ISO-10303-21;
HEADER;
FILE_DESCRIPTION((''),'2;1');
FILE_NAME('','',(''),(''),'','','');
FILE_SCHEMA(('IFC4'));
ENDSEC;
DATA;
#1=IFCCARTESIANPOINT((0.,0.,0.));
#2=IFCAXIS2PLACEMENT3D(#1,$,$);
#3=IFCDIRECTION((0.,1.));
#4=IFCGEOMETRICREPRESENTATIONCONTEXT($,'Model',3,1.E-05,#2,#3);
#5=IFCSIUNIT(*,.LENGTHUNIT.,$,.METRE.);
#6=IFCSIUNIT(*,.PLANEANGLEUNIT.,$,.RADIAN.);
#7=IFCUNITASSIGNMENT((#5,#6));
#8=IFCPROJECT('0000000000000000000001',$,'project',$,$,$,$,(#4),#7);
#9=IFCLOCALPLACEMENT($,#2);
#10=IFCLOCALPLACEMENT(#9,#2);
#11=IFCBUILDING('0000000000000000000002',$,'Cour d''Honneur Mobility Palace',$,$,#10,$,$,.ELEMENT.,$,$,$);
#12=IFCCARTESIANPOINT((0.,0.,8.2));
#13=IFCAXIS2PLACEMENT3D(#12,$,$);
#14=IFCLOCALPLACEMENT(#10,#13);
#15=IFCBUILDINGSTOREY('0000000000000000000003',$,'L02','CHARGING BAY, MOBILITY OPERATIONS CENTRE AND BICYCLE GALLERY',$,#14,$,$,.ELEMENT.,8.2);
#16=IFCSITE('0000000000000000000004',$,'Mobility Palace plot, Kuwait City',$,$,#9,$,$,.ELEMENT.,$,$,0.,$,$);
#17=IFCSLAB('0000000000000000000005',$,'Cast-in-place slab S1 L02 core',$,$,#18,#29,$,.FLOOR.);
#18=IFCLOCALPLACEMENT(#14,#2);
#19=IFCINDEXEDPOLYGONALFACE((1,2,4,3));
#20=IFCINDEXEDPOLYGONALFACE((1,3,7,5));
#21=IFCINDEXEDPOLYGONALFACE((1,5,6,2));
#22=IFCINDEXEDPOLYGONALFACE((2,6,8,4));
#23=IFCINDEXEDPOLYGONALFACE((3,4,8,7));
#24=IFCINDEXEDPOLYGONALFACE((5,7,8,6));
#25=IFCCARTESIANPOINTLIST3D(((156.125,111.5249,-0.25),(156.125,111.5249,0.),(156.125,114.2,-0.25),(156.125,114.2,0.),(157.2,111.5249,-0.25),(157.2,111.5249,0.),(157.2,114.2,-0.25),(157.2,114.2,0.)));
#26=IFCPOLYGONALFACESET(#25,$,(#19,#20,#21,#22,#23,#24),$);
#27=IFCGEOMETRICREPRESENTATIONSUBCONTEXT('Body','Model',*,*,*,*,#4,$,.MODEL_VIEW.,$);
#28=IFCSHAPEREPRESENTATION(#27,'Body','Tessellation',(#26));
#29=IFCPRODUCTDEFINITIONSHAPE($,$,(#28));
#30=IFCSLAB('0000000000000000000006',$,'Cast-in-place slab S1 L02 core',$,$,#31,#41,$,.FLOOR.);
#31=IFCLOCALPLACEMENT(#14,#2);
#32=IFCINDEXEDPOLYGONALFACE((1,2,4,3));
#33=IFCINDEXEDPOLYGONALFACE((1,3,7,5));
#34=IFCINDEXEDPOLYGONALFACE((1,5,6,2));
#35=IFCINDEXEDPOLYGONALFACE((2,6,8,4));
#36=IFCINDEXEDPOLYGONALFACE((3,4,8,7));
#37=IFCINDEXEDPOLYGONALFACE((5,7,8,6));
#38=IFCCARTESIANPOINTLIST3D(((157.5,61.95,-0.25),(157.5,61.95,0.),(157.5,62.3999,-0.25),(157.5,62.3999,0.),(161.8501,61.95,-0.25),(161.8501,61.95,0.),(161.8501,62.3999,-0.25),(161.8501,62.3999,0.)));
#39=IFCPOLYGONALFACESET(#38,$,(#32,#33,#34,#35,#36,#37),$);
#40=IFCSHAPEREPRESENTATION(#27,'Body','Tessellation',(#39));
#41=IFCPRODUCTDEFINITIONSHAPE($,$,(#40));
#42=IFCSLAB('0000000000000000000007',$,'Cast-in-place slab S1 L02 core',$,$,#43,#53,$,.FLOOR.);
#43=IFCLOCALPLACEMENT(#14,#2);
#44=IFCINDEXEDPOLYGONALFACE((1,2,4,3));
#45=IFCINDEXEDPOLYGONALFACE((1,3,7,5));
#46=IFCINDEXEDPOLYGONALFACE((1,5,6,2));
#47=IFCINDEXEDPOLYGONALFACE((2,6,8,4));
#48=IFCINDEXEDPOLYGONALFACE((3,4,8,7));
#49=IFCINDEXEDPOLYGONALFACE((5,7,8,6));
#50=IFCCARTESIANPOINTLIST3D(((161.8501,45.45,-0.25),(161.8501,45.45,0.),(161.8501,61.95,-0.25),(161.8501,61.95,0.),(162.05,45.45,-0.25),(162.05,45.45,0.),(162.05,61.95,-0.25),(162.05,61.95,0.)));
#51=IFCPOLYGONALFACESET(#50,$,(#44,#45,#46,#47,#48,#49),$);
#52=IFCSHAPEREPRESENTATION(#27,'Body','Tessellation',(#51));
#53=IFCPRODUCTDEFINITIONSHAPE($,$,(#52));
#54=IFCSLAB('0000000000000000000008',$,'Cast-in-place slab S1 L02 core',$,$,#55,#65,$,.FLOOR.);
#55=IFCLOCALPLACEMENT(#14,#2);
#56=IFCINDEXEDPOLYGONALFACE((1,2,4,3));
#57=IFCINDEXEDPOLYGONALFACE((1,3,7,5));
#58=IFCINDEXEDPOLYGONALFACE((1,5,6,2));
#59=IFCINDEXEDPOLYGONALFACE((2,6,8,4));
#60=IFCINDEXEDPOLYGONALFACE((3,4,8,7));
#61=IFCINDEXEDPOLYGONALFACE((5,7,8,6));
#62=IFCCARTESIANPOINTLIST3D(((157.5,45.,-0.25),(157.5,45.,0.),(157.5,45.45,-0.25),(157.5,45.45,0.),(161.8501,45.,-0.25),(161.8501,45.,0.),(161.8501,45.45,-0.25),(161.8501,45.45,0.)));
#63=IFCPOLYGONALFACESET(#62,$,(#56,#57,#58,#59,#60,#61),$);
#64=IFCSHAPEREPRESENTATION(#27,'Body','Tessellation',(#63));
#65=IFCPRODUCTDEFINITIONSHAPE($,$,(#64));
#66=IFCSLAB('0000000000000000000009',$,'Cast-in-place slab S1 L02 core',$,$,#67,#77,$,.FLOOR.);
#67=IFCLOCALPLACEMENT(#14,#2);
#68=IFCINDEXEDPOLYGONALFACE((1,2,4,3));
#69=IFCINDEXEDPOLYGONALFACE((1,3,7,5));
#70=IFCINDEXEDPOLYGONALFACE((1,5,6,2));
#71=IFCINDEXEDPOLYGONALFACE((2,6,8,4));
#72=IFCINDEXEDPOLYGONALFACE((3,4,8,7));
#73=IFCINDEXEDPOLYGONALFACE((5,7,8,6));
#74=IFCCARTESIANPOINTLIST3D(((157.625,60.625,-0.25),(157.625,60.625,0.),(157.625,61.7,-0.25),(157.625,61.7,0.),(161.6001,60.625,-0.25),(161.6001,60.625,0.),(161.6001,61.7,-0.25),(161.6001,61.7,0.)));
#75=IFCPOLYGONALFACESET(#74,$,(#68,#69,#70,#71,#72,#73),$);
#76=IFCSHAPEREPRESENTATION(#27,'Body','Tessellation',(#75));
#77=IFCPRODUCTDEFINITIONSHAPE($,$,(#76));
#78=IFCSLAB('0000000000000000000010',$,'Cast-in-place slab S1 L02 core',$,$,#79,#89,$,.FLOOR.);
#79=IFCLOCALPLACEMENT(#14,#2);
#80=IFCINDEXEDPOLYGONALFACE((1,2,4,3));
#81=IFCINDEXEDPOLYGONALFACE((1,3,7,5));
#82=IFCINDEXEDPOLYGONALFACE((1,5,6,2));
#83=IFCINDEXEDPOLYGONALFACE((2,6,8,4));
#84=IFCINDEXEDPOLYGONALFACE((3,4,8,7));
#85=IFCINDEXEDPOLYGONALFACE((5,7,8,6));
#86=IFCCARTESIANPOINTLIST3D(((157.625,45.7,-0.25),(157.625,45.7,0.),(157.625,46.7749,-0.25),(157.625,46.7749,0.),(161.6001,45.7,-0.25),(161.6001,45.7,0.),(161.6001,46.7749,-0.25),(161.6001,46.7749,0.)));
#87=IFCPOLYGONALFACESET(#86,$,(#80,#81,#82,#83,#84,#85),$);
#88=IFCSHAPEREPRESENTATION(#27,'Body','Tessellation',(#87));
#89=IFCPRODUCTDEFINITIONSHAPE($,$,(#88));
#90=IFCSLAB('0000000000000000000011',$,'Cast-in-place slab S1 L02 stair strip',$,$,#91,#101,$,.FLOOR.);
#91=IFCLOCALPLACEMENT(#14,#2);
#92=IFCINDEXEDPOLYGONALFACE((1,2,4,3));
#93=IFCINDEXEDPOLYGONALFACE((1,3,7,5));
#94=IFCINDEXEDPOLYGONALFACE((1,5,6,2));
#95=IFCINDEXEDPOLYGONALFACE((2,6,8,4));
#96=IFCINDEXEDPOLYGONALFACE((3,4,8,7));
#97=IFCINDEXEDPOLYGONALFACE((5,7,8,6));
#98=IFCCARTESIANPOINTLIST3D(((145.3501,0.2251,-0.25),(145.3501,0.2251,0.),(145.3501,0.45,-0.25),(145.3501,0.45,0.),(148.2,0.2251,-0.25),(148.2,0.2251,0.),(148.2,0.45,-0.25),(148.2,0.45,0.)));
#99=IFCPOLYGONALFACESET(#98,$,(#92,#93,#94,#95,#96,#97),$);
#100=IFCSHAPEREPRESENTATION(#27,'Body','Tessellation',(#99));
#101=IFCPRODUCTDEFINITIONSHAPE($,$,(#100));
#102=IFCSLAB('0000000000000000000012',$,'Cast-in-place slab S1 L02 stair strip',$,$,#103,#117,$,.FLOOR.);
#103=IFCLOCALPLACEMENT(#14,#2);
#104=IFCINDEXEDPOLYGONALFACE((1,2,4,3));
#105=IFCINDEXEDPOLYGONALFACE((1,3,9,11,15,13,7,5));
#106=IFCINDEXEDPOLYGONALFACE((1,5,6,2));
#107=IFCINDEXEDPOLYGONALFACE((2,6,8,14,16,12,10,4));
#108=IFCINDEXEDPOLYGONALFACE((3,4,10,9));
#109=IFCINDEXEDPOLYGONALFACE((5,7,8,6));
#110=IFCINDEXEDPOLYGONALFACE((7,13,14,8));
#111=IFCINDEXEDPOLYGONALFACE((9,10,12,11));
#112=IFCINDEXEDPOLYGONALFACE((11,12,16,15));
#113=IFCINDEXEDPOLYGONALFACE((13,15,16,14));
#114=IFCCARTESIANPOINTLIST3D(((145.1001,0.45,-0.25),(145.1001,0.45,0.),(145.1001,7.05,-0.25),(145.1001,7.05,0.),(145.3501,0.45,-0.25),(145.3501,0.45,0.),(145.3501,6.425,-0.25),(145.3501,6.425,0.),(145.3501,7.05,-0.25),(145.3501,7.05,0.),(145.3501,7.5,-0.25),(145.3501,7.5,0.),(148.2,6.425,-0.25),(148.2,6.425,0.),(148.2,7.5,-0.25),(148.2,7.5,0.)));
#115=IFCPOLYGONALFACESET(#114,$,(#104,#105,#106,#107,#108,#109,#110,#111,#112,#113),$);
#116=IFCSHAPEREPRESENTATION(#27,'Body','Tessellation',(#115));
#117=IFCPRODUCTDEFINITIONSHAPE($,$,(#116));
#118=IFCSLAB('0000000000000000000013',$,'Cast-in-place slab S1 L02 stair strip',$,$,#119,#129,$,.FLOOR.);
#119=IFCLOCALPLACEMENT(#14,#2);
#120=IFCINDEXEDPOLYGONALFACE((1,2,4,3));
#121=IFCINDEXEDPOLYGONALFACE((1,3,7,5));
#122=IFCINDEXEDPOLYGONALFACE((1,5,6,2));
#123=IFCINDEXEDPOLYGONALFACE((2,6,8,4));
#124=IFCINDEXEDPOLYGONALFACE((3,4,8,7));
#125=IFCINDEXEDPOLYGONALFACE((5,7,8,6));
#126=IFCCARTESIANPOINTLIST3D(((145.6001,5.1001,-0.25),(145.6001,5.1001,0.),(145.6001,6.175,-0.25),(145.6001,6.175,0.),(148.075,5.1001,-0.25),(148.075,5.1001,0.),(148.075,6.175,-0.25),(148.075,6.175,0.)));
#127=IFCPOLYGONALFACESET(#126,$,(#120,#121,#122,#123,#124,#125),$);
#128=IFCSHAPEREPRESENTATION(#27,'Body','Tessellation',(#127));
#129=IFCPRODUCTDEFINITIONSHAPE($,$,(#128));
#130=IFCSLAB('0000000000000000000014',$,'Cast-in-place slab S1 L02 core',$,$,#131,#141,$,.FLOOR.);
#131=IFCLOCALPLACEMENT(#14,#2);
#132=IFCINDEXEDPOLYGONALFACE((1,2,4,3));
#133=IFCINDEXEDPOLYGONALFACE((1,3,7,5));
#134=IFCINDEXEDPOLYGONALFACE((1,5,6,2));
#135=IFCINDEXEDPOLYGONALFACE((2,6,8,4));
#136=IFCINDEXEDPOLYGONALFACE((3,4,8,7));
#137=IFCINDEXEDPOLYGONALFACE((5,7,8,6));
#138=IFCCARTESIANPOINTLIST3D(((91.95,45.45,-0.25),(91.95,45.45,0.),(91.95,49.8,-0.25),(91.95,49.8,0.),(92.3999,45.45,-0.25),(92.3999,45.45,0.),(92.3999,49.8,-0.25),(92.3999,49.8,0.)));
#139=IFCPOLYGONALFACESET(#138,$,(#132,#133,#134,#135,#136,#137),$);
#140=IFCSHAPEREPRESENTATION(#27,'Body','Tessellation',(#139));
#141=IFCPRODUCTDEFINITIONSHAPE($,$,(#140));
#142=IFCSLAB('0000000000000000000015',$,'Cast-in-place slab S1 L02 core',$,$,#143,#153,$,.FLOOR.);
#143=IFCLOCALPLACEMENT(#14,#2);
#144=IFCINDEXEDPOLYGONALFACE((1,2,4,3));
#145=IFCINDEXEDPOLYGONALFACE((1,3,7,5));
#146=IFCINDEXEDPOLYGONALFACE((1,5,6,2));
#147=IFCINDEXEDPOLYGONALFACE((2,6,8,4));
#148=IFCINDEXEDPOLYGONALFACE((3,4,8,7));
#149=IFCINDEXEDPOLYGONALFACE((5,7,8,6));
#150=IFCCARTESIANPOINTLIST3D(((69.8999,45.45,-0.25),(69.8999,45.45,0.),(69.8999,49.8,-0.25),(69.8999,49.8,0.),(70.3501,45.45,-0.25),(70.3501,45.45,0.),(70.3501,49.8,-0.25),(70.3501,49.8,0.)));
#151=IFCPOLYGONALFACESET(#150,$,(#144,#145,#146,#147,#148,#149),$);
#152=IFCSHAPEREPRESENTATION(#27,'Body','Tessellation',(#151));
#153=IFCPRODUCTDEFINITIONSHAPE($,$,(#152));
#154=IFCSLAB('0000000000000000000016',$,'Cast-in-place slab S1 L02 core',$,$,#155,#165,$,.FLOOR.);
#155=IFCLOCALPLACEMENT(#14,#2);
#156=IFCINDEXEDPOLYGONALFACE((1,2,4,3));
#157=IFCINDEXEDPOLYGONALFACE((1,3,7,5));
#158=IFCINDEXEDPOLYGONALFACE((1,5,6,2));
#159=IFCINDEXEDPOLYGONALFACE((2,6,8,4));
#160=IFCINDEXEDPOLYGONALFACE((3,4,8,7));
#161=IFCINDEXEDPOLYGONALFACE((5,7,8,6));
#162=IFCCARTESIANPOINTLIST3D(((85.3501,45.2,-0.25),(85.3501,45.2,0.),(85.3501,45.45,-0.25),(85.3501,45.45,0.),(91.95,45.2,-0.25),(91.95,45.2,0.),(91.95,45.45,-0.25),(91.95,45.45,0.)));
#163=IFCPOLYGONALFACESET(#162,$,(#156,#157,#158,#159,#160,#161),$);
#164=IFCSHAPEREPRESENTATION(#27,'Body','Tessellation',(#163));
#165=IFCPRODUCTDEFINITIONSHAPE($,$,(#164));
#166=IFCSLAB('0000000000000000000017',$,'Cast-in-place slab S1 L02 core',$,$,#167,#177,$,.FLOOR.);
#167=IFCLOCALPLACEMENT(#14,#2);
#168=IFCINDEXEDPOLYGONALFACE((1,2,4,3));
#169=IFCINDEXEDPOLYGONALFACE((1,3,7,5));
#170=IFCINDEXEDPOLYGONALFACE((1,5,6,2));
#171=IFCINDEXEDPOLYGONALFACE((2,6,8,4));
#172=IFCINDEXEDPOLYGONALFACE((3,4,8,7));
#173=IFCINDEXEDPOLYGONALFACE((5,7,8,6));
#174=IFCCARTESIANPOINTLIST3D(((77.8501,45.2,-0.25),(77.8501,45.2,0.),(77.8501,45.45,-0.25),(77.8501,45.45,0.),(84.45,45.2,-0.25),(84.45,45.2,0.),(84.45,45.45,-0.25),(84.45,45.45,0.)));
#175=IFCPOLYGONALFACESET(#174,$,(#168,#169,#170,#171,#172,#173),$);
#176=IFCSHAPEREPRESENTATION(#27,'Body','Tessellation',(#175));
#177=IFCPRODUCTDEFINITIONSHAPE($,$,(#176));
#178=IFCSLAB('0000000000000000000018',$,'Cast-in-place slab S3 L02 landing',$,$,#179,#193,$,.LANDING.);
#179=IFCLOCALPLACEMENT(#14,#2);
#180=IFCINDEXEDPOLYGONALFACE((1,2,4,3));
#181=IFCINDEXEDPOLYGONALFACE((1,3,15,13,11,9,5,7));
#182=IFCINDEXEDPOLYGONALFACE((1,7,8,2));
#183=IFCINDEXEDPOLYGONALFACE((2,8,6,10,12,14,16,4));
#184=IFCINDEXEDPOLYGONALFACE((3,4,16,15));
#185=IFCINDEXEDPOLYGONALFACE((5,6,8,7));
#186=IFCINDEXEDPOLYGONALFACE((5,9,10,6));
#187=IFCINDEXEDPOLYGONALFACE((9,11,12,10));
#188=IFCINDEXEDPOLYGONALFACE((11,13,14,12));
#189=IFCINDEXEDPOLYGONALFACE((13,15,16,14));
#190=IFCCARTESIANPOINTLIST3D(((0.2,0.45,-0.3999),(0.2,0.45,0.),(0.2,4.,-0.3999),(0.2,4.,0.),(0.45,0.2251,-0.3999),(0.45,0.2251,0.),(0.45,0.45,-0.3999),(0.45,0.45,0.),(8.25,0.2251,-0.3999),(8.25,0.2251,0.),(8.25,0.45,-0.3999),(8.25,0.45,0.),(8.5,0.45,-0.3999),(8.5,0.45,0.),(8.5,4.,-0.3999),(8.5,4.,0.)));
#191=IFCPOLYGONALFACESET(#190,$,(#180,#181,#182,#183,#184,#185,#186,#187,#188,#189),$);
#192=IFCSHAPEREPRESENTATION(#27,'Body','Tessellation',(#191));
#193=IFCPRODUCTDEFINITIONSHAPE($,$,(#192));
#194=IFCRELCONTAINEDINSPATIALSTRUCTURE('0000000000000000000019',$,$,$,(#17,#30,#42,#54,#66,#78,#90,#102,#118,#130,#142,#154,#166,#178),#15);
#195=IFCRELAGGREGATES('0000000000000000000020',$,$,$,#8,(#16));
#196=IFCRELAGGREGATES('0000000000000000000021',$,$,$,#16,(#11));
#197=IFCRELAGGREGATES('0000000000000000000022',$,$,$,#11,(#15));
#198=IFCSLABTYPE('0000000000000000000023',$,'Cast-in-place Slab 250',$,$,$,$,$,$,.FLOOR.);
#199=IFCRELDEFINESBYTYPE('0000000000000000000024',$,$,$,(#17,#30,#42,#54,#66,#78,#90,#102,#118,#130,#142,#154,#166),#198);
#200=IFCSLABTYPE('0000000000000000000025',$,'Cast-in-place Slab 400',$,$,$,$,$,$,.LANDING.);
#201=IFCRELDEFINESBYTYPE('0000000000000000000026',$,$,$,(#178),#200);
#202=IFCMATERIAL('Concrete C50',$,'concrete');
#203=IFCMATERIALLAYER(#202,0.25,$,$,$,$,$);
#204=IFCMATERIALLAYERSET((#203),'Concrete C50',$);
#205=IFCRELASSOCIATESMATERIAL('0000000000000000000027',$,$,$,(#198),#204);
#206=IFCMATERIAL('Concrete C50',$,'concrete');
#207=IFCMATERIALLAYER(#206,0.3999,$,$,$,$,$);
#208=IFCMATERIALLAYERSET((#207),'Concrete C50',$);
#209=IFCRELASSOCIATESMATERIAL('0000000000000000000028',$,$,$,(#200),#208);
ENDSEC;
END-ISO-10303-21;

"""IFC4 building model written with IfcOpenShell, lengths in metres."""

from ifc_helpers import new_model, si_unit, direction, frame, origin, place, context, subcontext, project, spatial, polyline, outline, extrude, material, layer, layer_set, type_object, element, save


model = new_model("IFC4")

# Units and contexts
model_context = context("Model", 3, precision=1e-05, world=origin(), true_north=direction((0.0, 1.0)))
body_context = subcontext(model_context, "Body", "Model", "MODEL_VIEW")
ifc_project = project(units=[si_unit("LENGTHUNIT", "METRE"), si_unit("PLANEANGLEUNIT", "RADIAN")], contexts=[model_context])

# Site, building, storey
site_placement = place(None, origin())
site = spatial("IfcSite", under=ifc_project, at=site_placement, Name="Mobility Palace plot, Kuwait City", CompositionType="ELEMENT", RefElevation=0.0)
building_placement = place(site_placement, origin())
building = spatial("IfcBuilding", under=site, at=building_placement, Name="Cour d'Honneur Mobility Palace", CompositionType="ELEMENT")
storey_placement = place(building_placement, frame((0.0, 0.0, 8.2)))
storey = spatial("IfcBuildingStorey", under=building, at=storey_placement, Name="L02", Description="CHARGING BAY, MOBILITY OPERATIONS CENTRE AND BICYCLE GALLERY", CompositionType="ELEMENT", Elevation=8.2)

# Slabs
ifc_material_1 = material(Name="Concrete C50", Category="concrete")
ifc_layer_1 = layer(ifc_material_1, 0.25)
ifc_layer_set_1 = layer_set([ifc_layer_1], Name="Concrete C50")
slab_type_1 = type_object("IfcSlabType", Name="Cast-in-place Slab 250", PredefinedType="FLOOR", material=ifc_layer_set_1)
slab_1_placement = place(storey_placement, frame((0.0, 0.0, -0.25)))
element("IfcSlab", 1, at=slab_1_placement, inside=storey, type_object=slab_type_1, Name="Cast-in-place slab S1 L02 core", PredefinedType="FLOOR", context=body_context, shape_type="SweptSolid", body=[
    extrude(outline(polyline([(156.125, 114.2), (157.2, 114.2), (157.2, 111.5249), (156.125, 111.5249), (156.125, 114.2)])), origin(), (0.0, 0.0, 1.0), 0.25),
])
slab_2_placement = place(storey_placement, frame((0.0, 0.0, -0.25)))
element("IfcSlab", 2, at=slab_2_placement, inside=storey, type_object=slab_type_1, Name="Cast-in-place slab S1 L02 core", PredefinedType="FLOOR", context=body_context, shape_type="SweptSolid", body=[
    extrude(outline(polyline([(161.8501, 61.95), (157.5, 61.95), (157.5, 62.3999), (161.8501, 62.3999), (161.8501, 61.95)])), origin(), (0.0, 0.0, 1.0), 0.25),
])
slab_3_placement = place(storey_placement, frame((0.0, 0.0, -0.25)))
element("IfcSlab", 3, at=slab_3_placement, inside=storey, type_object=slab_type_1, Name="Cast-in-place slab S1 L02 core", PredefinedType="FLOOR", context=body_context, shape_type="SweptSolid", body=[
    extrude(outline(polyline([(162.05, 61.95), (162.05, 45.45), (161.8501, 45.45), (161.8501, 61.95), (162.05, 61.95)])), origin(), (0.0, 0.0, 1.0), 0.25),
])
slab_4_placement = place(storey_placement, frame((0.0, 0.0, -0.25)))
element("IfcSlab", 4, at=slab_4_placement, inside=storey, type_object=slab_type_1, Name="Cast-in-place slab S1 L02 core", PredefinedType="FLOOR", context=body_context, shape_type="SweptSolid", body=[
    extrude(outline(polyline([(161.8501, 45.0), (157.5, 45.0), (157.5, 45.45), (161.8501, 45.45), (161.8501, 45.0)])), origin(), (0.0, 0.0, 1.0), 0.25),
])
slab_5_placement = place(storey_placement, frame((0.0, 0.0, -0.25)))
element("IfcSlab", 5, at=slab_5_placement, inside=storey, type_object=slab_type_1, Name="Cast-in-place slab S1 L02 core", PredefinedType="FLOOR", context=body_context, shape_type="SweptSolid", body=[
    extrude(outline(polyline([(161.6001, 61.7), (161.6001, 60.625), (157.625, 60.625), (157.625, 61.7), (161.6001, 61.7)])), origin(), (0.0, 0.0, 1.0), 0.25),
])
slab_6_placement = place(storey_placement, frame((0.0, 0.0, -0.25)))
element("IfcSlab", 6, at=slab_6_placement, inside=storey, type_object=slab_type_1, Name="Cast-in-place slab S1 L02 core", PredefinedType="FLOOR", context=body_context, shape_type="SweptSolid", body=[
    extrude(outline(polyline([(157.625, 46.7749), (161.6001, 46.7749), (161.6001, 45.7), (157.625, 45.7), (157.625, 46.7749)])), origin(), (0.0, 0.0, 1.0), 0.25),
])
slab_7_placement = place(storey_placement, frame((0.0, 0.0, -0.25)))
element("IfcSlab", 7, at=slab_7_placement, inside=storey, type_object=slab_type_1, Name="Cast-in-place slab S1 L02 stair strip", PredefinedType="FLOOR", context=body_context, shape_type="SweptSolid", body=[
    extrude(outline(polyline([(145.3501, 0.45), (148.2, 0.45), (148.2, 0.2251), (145.3501, 0.2251), (145.3501, 0.45)])), origin(), (0.0, 0.0, 1.0), 0.25),
])
slab_8_placement = place(storey_placement, frame((0.0, 0.0, -0.25)))
element("IfcSlab", 8, at=slab_8_placement, inside=storey, type_object=slab_type_1, Name="Cast-in-place slab S1 L02 stair strip", PredefinedType="FLOOR", context=body_context, shape_type="SweptSolid", body=[
    extrude(outline(polyline([(145.3501, 6.425), (145.3501, 0.45), (145.1001, 0.45), (145.1001, 7.05), (145.3501, 7.05), (145.3501, 7.5), (148.2, 7.5), (148.2, 6.425), (145.3501, 6.425)])), origin(), (0.0, 0.0, 1.0), 0.25),
])
slab_9_placement = place(storey_placement, frame((0.0, 0.0, -0.25)))
element("IfcSlab", 9, at=slab_9_placement, inside=storey, type_object=slab_type_1, Name="Cast-in-place slab S1 L02 stair strip", PredefinedType="FLOOR", context=body_context, shape_type="SweptSolid", body=[
    extrude(outline(polyline([(145.6001, 5.1001), (145.6001, 6.175), (148.075, 6.175), (148.075, 5.1001), (145.6001, 5.1001)])), origin(), (0.0, 0.0, 1.0), 0.25),
])
slab_10_placement = place(storey_placement, frame((0.0, 0.0, -0.25)))
element("IfcSlab", 10, at=slab_10_placement, inside=storey, type_object=slab_type_1, Name="Cast-in-place slab S1 L02 core", PredefinedType="FLOOR", context=body_context, shape_type="SweptSolid", body=[
    extrude(outline(polyline([(91.95, 45.45), (91.95, 49.8), (92.3999, 49.8), (92.3999, 45.45), (91.95, 45.45)])), origin(), (0.0, 0.0, 1.0), 0.25),
])
slab_11_placement = place(storey_placement, frame((0.0, 0.0, -0.25)))
element("IfcSlab", 11, at=slab_11_placement, inside=storey, type_object=slab_type_1, Name="Cast-in-place slab S1 L02 core", PredefinedType="FLOOR", context=body_context, shape_type="SweptSolid", body=[
    extrude(outline(polyline([(70.3501, 49.8), (70.3501, 45.45), (69.8999, 45.45), (69.8999, 49.8), (70.3501, 49.8)])), origin(), (0.0, 0.0, 1.0), 0.25),
])
slab_12_placement = place(storey_placement, frame((0.0, 0.0, -0.25)))
element("IfcSlab", 12, at=slab_12_placement, inside=storey, type_object=slab_type_1, Name="Cast-in-place slab S1 L02 core", PredefinedType="FLOOR", context=body_context, shape_type="SweptSolid", body=[
    extrude(outline(polyline([(85.3501, 45.45), (91.95, 45.45), (91.95, 45.2), (85.3501, 45.2), (85.3501, 45.45)])), origin(), (0.0, 0.0, 1.0), 0.25),
])
slab_13_placement = place(storey_placement, frame((0.0, 0.0, -0.25)))
element("IfcSlab", 13, at=slab_13_placement, inside=storey, type_object=slab_type_1, Name="Cast-in-place slab S1 L02 core", PredefinedType="FLOOR", context=body_context, shape_type="SweptSolid", body=[
    extrude(outline(polyline([(84.45, 45.2), (77.8501, 45.2), (77.8501, 45.45), (84.45, 45.45), (84.45, 45.2)])), origin(), (0.0, 0.0, 1.0), 0.25),
])
ifc_material_2 = material(Name="Concrete C50", Category="concrete")
ifc_layer_2 = layer(ifc_material_2, 0.3999)
ifc_layer_set_2 = layer_set([ifc_layer_2], Name="Concrete C50")
slab_type_2 = type_object("IfcSlabType", Name="Cast-in-place Slab 400", PredefinedType="LANDING", material=ifc_layer_set_2)
slab_14_placement = place(storey_placement, frame((0.0, 0.0, -0.3999)))
element("IfcSlab", 14, at=slab_14_placement, inside=storey, type_object=slab_type_2, Name="Cast-in-place slab S3 L02 landing", PredefinedType="LANDING", context=body_context, shape_type="SweptSolid", body=[
    extrude(outline(polyline([(8.25, 0.45), (8.25, 0.2251), (0.45, 0.2251), (0.45, 0.45), (0.2, 0.45), (0.2, 4.0), (8.5, 4.0), (8.5, 0.45), (8.25, 0.45)])), origin(), (0.0, 0.0, 1.0), 0.3999),
])

save(model, "model.ifc")
